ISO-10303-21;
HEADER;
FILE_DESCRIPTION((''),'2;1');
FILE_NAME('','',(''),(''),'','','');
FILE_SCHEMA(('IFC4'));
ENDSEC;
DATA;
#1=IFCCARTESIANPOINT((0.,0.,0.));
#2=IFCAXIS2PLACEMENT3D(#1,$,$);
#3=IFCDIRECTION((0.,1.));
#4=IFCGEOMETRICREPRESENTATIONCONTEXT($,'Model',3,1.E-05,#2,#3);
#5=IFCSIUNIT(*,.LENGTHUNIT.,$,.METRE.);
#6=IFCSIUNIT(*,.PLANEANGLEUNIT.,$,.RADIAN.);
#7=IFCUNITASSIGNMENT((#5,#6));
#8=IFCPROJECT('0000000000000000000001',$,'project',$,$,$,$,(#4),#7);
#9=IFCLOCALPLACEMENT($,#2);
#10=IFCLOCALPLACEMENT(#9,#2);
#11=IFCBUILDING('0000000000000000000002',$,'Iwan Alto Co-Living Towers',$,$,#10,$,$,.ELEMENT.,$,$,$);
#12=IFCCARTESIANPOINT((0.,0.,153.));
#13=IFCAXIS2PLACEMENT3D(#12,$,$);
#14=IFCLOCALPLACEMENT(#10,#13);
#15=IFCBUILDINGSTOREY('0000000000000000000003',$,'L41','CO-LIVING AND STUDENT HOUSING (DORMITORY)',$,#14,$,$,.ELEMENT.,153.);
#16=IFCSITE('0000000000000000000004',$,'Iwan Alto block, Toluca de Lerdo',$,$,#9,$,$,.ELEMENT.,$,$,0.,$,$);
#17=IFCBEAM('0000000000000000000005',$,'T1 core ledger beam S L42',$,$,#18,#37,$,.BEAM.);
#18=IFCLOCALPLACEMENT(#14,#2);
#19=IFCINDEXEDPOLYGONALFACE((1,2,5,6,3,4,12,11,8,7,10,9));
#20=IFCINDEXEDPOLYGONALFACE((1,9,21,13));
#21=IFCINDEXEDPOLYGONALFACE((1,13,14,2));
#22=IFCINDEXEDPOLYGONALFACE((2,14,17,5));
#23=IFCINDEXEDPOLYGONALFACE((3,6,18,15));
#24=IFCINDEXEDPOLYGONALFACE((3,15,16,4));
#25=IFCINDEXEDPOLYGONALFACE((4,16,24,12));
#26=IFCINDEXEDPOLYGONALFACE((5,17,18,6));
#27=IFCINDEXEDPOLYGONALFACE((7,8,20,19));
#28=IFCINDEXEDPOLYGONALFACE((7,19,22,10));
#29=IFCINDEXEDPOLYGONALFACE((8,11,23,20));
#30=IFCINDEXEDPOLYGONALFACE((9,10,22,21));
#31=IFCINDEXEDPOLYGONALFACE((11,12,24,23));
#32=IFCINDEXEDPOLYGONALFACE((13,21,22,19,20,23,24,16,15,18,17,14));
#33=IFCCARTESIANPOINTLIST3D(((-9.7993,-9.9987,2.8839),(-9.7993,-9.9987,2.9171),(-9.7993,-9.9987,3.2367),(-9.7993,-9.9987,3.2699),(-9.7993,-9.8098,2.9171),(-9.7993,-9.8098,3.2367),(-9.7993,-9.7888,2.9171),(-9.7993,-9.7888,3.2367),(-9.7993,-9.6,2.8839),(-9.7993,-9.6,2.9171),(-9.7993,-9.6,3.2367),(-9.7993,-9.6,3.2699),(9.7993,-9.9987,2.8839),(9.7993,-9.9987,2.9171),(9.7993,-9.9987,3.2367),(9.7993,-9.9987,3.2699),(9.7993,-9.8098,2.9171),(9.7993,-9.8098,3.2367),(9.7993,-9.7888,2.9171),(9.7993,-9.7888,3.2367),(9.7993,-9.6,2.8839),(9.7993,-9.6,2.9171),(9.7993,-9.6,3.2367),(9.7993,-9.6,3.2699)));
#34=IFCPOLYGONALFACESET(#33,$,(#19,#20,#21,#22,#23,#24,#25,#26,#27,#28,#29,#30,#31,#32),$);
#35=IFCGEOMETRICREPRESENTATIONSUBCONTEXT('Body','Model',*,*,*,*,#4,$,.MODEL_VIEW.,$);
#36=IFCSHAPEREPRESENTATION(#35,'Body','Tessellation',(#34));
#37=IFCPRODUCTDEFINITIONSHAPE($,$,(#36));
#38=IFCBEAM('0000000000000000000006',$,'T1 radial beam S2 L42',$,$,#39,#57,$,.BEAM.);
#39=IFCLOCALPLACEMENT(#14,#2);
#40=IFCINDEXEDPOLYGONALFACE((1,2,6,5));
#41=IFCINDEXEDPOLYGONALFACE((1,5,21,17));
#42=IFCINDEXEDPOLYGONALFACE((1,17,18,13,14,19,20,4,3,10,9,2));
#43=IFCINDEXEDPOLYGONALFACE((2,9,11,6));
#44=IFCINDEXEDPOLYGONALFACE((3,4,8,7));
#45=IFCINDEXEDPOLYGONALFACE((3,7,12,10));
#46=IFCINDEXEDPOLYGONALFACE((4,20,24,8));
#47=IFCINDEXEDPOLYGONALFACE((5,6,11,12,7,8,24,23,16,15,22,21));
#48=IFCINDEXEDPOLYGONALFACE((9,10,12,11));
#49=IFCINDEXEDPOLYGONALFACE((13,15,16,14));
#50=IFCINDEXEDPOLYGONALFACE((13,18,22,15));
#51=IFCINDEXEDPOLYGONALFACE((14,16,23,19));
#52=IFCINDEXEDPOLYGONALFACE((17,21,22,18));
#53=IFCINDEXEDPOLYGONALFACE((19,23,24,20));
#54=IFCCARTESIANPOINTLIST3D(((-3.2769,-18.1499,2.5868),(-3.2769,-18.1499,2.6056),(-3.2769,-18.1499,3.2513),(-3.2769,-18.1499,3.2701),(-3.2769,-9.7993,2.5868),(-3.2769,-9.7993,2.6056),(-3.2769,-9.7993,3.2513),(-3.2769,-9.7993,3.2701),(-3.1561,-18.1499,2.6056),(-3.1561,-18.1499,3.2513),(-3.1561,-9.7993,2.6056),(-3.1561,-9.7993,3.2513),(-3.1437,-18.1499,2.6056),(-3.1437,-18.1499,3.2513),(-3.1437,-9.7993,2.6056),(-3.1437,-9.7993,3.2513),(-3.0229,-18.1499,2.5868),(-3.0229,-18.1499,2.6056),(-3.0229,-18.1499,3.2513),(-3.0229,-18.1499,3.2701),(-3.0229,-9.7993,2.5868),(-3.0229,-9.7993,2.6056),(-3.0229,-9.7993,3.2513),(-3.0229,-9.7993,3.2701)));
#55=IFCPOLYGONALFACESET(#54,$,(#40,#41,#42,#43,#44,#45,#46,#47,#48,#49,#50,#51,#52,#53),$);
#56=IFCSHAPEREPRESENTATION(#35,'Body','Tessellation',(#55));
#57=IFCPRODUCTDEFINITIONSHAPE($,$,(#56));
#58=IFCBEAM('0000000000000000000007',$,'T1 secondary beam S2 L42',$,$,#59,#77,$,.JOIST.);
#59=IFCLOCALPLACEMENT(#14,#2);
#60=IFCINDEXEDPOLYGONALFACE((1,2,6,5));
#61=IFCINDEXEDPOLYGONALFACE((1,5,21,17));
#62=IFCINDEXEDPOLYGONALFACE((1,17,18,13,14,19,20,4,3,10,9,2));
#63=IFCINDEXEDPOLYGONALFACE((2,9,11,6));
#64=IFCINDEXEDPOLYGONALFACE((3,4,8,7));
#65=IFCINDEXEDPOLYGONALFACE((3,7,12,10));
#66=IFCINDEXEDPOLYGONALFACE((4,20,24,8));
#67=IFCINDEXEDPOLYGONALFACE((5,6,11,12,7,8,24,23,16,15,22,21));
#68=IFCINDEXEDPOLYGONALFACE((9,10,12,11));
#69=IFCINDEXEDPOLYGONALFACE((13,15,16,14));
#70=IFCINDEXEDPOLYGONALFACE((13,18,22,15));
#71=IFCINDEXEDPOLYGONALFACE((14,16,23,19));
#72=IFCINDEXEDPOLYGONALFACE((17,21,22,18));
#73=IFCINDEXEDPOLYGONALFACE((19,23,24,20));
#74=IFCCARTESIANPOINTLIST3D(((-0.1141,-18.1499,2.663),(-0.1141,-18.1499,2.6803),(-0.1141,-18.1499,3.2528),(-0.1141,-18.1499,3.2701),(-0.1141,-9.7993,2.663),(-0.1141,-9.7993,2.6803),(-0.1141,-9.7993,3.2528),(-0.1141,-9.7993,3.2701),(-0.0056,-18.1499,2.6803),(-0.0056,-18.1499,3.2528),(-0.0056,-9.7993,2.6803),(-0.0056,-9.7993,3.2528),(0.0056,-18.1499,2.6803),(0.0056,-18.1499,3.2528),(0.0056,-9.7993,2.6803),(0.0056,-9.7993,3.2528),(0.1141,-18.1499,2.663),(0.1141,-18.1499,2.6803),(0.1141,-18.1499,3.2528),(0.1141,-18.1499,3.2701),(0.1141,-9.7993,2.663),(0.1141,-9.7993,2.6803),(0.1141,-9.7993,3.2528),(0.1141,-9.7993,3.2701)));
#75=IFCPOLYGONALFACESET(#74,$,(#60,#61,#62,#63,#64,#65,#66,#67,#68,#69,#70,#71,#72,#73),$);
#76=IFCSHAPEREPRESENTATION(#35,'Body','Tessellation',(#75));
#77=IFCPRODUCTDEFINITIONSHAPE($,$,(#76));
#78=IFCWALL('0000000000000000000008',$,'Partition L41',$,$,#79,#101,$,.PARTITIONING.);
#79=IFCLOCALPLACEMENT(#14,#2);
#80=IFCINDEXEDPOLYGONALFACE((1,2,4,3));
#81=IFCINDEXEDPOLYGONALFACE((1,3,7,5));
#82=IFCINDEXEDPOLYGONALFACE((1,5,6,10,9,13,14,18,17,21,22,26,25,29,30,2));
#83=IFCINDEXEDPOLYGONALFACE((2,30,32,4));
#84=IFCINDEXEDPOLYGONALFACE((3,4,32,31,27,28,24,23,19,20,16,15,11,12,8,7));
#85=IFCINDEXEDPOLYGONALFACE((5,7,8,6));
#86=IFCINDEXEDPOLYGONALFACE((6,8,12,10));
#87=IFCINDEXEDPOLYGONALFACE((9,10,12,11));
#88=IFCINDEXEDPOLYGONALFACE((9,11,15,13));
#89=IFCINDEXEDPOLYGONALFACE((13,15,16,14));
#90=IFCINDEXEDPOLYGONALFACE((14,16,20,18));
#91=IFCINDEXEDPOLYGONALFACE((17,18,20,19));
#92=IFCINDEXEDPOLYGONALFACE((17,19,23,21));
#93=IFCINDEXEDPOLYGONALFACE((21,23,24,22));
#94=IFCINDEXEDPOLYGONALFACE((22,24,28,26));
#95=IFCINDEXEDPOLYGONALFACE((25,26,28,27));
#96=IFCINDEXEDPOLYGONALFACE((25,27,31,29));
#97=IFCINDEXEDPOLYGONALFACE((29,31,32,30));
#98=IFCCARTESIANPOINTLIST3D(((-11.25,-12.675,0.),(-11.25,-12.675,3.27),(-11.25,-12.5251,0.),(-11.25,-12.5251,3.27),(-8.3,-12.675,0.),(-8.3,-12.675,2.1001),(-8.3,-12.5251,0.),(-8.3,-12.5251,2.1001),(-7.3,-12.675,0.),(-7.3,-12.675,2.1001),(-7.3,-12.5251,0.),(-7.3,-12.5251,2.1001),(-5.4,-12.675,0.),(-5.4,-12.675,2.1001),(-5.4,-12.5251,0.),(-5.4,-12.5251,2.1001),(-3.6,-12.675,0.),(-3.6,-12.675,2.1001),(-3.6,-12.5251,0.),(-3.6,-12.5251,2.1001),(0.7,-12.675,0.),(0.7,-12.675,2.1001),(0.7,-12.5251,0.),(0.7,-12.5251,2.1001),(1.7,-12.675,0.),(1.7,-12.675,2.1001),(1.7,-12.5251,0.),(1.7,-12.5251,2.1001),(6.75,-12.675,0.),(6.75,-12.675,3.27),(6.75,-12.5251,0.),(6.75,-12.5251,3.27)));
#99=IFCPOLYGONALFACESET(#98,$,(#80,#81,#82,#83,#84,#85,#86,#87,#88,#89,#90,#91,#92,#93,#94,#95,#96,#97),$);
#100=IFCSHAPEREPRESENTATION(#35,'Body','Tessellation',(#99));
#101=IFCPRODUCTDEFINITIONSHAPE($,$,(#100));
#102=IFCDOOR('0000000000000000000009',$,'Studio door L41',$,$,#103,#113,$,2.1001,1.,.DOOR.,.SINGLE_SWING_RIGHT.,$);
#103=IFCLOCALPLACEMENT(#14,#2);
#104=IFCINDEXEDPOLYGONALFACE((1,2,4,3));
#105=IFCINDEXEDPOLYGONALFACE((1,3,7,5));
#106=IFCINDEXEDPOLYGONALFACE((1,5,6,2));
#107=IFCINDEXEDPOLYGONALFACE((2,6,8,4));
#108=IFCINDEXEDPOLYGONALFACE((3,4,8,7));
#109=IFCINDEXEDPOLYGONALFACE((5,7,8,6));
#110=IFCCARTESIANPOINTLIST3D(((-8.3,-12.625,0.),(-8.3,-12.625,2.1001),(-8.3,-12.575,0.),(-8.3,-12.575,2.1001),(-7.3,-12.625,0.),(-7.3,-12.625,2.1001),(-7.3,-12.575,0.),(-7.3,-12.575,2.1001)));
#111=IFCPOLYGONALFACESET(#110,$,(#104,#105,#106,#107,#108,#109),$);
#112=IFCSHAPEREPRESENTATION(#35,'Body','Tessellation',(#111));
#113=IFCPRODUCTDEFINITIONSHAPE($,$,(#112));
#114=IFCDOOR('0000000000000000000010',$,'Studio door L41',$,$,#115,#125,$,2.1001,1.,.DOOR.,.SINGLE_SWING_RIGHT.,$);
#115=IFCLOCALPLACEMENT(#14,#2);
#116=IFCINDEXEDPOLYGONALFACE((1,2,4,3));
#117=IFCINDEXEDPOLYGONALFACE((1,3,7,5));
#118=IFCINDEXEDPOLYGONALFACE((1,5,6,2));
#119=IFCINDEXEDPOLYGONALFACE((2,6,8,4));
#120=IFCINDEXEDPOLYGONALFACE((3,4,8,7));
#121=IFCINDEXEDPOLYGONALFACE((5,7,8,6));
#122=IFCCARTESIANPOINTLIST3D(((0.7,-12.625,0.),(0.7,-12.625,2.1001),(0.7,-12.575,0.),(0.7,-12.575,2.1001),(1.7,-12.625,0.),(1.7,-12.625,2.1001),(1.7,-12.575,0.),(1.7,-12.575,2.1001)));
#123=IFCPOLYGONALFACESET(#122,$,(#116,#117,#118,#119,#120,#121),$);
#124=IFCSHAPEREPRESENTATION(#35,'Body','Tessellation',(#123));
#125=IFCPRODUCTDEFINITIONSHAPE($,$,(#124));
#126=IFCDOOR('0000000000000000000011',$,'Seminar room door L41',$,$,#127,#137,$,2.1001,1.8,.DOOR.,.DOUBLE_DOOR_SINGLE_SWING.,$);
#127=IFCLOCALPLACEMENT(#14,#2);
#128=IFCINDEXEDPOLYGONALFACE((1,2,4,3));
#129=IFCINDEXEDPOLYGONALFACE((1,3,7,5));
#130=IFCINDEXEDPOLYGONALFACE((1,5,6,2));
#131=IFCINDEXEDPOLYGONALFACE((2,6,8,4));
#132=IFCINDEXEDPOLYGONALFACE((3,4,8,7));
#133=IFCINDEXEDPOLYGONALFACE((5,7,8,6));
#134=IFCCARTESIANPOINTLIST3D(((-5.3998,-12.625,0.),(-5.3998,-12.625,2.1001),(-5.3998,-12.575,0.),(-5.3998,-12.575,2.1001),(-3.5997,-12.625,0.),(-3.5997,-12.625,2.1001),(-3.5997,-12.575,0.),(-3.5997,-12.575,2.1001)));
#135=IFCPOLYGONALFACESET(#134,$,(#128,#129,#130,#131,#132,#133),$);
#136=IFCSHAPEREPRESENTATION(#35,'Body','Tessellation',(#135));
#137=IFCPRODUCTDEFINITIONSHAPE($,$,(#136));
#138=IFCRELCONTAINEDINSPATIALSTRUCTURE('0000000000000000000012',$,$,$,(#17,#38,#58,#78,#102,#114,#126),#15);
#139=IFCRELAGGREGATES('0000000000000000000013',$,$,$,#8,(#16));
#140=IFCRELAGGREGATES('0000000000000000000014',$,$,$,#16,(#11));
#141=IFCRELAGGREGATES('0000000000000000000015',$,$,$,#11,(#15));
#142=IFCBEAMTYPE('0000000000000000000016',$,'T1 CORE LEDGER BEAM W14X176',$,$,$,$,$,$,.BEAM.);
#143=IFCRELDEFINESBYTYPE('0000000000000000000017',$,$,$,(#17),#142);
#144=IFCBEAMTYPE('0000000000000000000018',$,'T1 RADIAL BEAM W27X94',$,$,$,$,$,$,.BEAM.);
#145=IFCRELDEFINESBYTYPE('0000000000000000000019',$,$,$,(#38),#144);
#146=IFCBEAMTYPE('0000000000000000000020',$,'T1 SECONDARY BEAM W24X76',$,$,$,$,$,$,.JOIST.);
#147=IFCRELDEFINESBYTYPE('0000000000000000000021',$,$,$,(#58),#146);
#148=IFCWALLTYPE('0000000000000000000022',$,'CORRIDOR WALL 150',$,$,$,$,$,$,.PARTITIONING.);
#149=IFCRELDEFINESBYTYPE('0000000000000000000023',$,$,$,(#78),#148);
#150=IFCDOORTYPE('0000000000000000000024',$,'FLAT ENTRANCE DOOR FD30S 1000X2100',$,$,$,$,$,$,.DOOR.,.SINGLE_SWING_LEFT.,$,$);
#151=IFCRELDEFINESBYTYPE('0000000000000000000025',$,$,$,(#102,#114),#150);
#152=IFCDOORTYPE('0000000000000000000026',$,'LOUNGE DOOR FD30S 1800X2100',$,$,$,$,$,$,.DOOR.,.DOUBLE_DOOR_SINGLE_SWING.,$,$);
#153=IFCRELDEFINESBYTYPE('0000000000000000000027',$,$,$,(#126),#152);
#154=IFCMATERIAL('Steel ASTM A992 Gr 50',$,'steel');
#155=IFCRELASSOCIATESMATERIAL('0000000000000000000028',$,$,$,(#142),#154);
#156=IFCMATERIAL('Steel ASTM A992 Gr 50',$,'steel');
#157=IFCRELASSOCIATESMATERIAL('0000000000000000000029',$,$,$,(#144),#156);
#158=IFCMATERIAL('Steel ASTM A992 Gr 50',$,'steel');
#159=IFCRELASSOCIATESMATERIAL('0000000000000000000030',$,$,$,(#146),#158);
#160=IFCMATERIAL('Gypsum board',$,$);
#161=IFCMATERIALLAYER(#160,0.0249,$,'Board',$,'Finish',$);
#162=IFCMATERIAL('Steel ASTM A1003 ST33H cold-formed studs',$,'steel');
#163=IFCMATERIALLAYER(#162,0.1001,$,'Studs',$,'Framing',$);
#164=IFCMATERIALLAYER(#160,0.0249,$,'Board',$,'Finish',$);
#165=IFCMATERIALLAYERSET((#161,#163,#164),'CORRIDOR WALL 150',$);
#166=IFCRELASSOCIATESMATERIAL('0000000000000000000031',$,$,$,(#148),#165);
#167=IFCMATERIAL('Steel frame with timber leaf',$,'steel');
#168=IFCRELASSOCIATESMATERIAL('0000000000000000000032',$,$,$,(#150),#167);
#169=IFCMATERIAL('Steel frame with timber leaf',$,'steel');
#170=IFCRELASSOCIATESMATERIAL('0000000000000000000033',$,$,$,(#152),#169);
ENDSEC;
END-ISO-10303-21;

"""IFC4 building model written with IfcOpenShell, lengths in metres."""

from ifc_helpers import new_model, si_unit, direction, frame, frame_2d, origin, origin_2d, place, context, subcontext, project, spatial, rectangle, i_section, extrude, material, layer, layer_set, material_profile, profile_set, type_object, element, fill, save


model = new_model("IFC4")

# Units and contexts
model_context = context("Model", 3, precision=1e-05, world=origin(), true_north=direction((0.0, 1.0)))
body_context = subcontext(model_context, "Body", "Model", "MODEL_VIEW")
ifc_project = project(units=[si_unit("LENGTHUNIT", "METRE"), si_unit("PLANEANGLEUNIT", "RADIAN")], contexts=[model_context])

# Site, building, storey
site_placement = place(None, origin())
site = spatial("IfcSite", under=ifc_project, at=site_placement, Name="Iwan Alto block, Toluca de Lerdo", CompositionType="ELEMENT", RefElevation=0.0)
building_placement = place(site_placement, origin())
building = spatial("IfcBuilding", under=site, at=building_placement, Name="Iwan Alto Co-Living Towers", CompositionType="ELEMENT")
storey_placement = place(building_placement, frame((0.0, 0.0, 153.0)))
storey = spatial("IfcBuildingStorey", under=building, at=storey_placement, Name="L41", Description="CO-LIVING AND STUDENT HOUSING (DORMITORY)", CompositionType="ELEMENT", Elevation=153.0)

# Beams
ifc_material_1 = material(Name="Steel ASTM A992 Gr 50", Category="steel")
ifc_material_profile_1 = material_profile(ifc_material_1, i_section(OverallWidth=0.3987, OverallDepth=0.386, WebThickness=0.021, FlangeThickness=0.0332, at=origin_2d()), Name="W14X176")
ifc_profile_set_1 = profile_set([ifc_material_profile_1], Name="Steel ASTM A992 Gr 50")
beam_type_1 = type_object("IfcBeamType", Name="T1 CORE LEDGER BEAM W14X176", PredefinedType="BEAM", material=ifc_profile_set_1)
beam_1_placement = place(storey_placement, frame((-9.7993, -9.7993, 3.0769), z_axis=(1.0, 0.0, 0.0), x_axis=(0.0, 1.0, 0.0)))
element("IfcBeam", 1, at=beam_1_placement, inside=storey, type_object=beam_type_1, Name="T1 core ledger beam S L42", PredefinedType="BEAM", context=body_context, shape_type="SweptSolid", body=[
    extrude(i_section(OverallWidth=0.3987, OverallDepth=0.386, WebThickness=0.021, FlangeThickness=0.0332, at=origin_2d()), origin(), (0.0, 0.0, 1.0), 19.5986),
])
ifc_material_2 = material(Name="Steel ASTM A992 Gr 50", Category="steel")
ifc_material_profile_2 = material_profile(ifc_material_2, i_section(OverallWidth=0.2539, OverallDepth=0.6833, WebThickness=0.0125, FlangeThickness=0.0188, at=origin_2d()), Name="W27X94")
ifc_profile_set_2 = profile_set([ifc_material_profile_2], Name="Steel ASTM A992 Gr 50")
beam_type_2 = type_object("IfcBeamType", Name="T1 RADIAL BEAM W27X94", PredefinedType="BEAM", material=ifc_profile_set_2)
beam_2_placement = place(storey_placement, frame((-3.1499, -18.1499, 2.9285), z_axis=(0.0, 1.0, 0.0), x_axis=(-1.0, 0.0, 0.0)))
element("IfcBeam", 2, at=beam_2_placement, inside=storey, type_object=beam_type_2, Name="T1 radial beam S2 L42", PredefinedType="BEAM", context=body_context, shape_type="SweptSolid", body=[
    extrude(i_section(OverallWidth=0.2539, OverallDepth=0.6833, WebThickness=0.0125, FlangeThickness=0.0188, at=origin_2d()), origin(), (0.0, 0.0, 1.0), 8.3506),
])
ifc_material_3 = material(Name="Steel ASTM A992 Gr 50", Category="steel")
ifc_material_profile_3 = material_profile(ifc_material_3, i_section(OverallWidth=0.2283, OverallDepth=0.6072, WebThickness=0.0112, FlangeThickness=0.0173, at=origin_2d()), Name="W24X76")
ifc_profile_set_3 = profile_set([ifc_material_profile_3], Name="Steel ASTM A992 Gr 50")
beam_type_3 = type_object("IfcBeamType", Name="T1 SECONDARY BEAM W24X76", PredefinedType="JOIST", material=ifc_profile_set_3)
beam_3_placement = place(storey_placement, frame((0.0, -18.1499, 2.9666), z_axis=(0.0, 1.0, 0.0), x_axis=(-1.0, 0.0, 0.0)))
element("IfcBeam", 3, at=beam_3_placement, inside=storey, type_object=beam_type_3, Name="T1 secondary beam S2 L42", PredefinedType="JOIST", context=body_context, shape_type="SweptSolid", body=[
    extrude(i_section(OverallWidth=0.2283, OverallDepth=0.6072, WebThickness=0.0112, FlangeThickness=0.0173, at=origin_2d()), origin(), (0.0, 0.0, 1.0), 8.3506),
])

# Wall, openings, doors
ifc_material_4 = material(Name="Gypsum board")
ifc_layer_1 = layer(ifc_material_4, 0.0249, Name="Board", Category="Finish")
ifc_material_5 = material(Name="Steel ASTM A1003 ST33H cold-formed studs", Category="steel")
ifc_layer_2 = layer(ifc_material_5, 0.1001, Name="Studs", Category="Framing")
ifc_layer_3 = layer(ifc_material_4, 0.0249, Name="Board", Category="Finish")
ifc_layer_set_1 = layer_set([ifc_layer_1, ifc_layer_2, ifc_layer_3], Name="CORRIDOR WALL 150")
wall_type_1 = type_object("IfcWallType", Name="CORRIDOR WALL 150", PredefinedType="PARTITIONING", material=ifc_layer_set_1)
wall_1_placement = place(storey_placement, frame((-11.25, -12.6001, 0.0), z_axis=(0.0, 0.0, 1.0), x_axis=(1.0, 0.0, 0.0)))
wall_1 = element("IfcWall", 4, at=wall_1_placement, inside=storey, type_object=wall_type_1, Name="Partition L41", PredefinedType="PARTITIONING", context=body_context, shape_type="SweptSolid", body=[
    extrude(rectangle(XDim=18.0, YDim=0.1499, at=frame_2d((9.0, 0.0))), origin(), (0.0, 0.0, 1.0), 3.27),
])
opening_1_placement = place(wall_1_placement, frame((2.95, 0.0, 0.0)))
opening_1 = element("IfcOpeningElement", 5, at=opening_1_placement, cuts=wall_1, PredefinedType="OPENING", context=body_context, shape_type="SweptSolid", body=[
    extrude(rectangle(XDim=1.0, YDim=2.1001, at=frame_2d((0.5, 1.05))), frame((0.0, 0.085, 0.0), z_axis=(0.0, -1.0, 0.0), x_axis=(1.0, 0.0, 0.0)), (0.0, 0.0, 1.0), 0.1699),
])
opening_2_placement = place(wall_1_placement, frame((5.8501, 0.0, 0.0)))
opening_2 = element("IfcOpeningElement", 6, at=opening_2_placement, cuts=wall_1, PredefinedType="OPENING", context=body_context, shape_type="SweptSolid", body=[
    extrude(rectangle(XDim=1.8, YDim=2.1001, at=frame_2d((0.8999, 1.05))), frame((0.0, 0.085, 0.0), z_axis=(0.0, -1.0, 0.0), x_axis=(1.0, 0.0, 0.0)), (0.0, 0.0, 1.0), 0.1699),
])
opening_3_placement = place(wall_1_placement, frame((11.95, 0.0, 0.0)))
opening_3 = element("IfcOpeningElement", 7, at=opening_3_placement, cuts=wall_1, PredefinedType="OPENING", context=body_context, shape_type="SweptSolid", body=[
    extrude(rectangle(XDim=1.0, YDim=2.1001, at=frame_2d((0.5, 1.05))), frame((0.0, 0.085, 0.0), z_axis=(0.0, -1.0, 0.0), x_axis=(1.0, 0.0, 0.0)), (0.0, 0.0, 1.0), 0.1699),
])
ifc_material_6 = material(Name="Steel frame with timber leaf", Category="steel")
door_type_1 = type_object("IfcDoorType", Name="FLAT ENTRANCE DOOR FD30S 1000X2100", OperationType="SINGLE_SWING_LEFT", PredefinedType="DOOR", material=ifc_material_6)
door_1_placement = place(opening_1_placement, frame((1.0, 0.0, 0.0), z_axis=(0.0, 0.0, 1.0), x_axis=(-1.0, 0.0, 0.0)))
door_1 = element("IfcDoor", 8, at=door_1_placement, inside=storey, type_object=door_type_1, Name="Studio door L41", OperationType="SINGLE_SWING_RIGHT", OverallHeight=2.1001, OverallWidth=1.0, PredefinedType="DOOR", context=body_context, shape_type="SweptSolid", body=[
    extrude(rectangle(XDim=1.0, YDim=2.1001, at=frame_2d((0.5, 1.05))), frame((0.0, 0.0249, 0.0), z_axis=(0.0, -1.0, 0.0), x_axis=(1.0, 0.0, 0.0)), (0.0, 0.0, 1.0), 0.05),
])
fill(opening_1, door_1)
door_2_placement = place(opening_3_placement, frame((1.0, 0.0, 0.0), z_axis=(0.0, 0.0, 1.0), x_axis=(-1.0, 0.0, 0.0)))
door_2 = element("IfcDoor", 9, at=door_2_placement, inside=storey, type_object=door_type_1, Name="Studio door L41", OperationType="SINGLE_SWING_RIGHT", OverallHeight=2.1001, OverallWidth=1.0, PredefinedType="DOOR", context=body_context, shape_type="SweptSolid", body=[
    extrude(rectangle(XDim=1.0, YDim=2.1001, at=frame_2d((0.5, 1.05))), frame((0.0, 0.0249, 0.0), z_axis=(0.0, -1.0, 0.0), x_axis=(1.0, 0.0, 0.0)), (0.0, 0.0, 1.0), 0.05),
])
fill(opening_3, door_2)
ifc_material_7 = material(Name="Steel frame with timber leaf", Category="steel")
door_type_2 = type_object("IfcDoorType", Name="LOUNGE DOOR FD30S 1800X2100", OperationType="DOUBLE_DOOR_SINGLE_SWING", PredefinedType="DOOR", material=ifc_material_7)
door_3_placement = place(opening_2_placement, frame((1.8, 0.0, 0.0), z_axis=(0.0, 0.0, 1.0), x_axis=(-1.0, 0.0, 0.0)))
door_3 = element("IfcDoor", 10, at=door_3_placement, inside=storey, type_object=door_type_2, Name="Seminar room door L41", OperationType="DOUBLE_DOOR_SINGLE_SWING", OverallHeight=2.1001, OverallWidth=1.8, PredefinedType="DOOR", context=body_context, shape_type="SweptSolid", body=[
    extrude(rectangle(XDim=1.8, YDim=2.1001, at=frame_2d((0.8999, 1.05))), frame((0.0, 0.0249, 0.0), z_axis=(0.0, -1.0, 0.0), x_axis=(1.0, 0.0, 0.0)), (0.0, 0.0, 1.0), 0.05),
])
fill(opening_2, door_3)

save(model, "model.ifc")
